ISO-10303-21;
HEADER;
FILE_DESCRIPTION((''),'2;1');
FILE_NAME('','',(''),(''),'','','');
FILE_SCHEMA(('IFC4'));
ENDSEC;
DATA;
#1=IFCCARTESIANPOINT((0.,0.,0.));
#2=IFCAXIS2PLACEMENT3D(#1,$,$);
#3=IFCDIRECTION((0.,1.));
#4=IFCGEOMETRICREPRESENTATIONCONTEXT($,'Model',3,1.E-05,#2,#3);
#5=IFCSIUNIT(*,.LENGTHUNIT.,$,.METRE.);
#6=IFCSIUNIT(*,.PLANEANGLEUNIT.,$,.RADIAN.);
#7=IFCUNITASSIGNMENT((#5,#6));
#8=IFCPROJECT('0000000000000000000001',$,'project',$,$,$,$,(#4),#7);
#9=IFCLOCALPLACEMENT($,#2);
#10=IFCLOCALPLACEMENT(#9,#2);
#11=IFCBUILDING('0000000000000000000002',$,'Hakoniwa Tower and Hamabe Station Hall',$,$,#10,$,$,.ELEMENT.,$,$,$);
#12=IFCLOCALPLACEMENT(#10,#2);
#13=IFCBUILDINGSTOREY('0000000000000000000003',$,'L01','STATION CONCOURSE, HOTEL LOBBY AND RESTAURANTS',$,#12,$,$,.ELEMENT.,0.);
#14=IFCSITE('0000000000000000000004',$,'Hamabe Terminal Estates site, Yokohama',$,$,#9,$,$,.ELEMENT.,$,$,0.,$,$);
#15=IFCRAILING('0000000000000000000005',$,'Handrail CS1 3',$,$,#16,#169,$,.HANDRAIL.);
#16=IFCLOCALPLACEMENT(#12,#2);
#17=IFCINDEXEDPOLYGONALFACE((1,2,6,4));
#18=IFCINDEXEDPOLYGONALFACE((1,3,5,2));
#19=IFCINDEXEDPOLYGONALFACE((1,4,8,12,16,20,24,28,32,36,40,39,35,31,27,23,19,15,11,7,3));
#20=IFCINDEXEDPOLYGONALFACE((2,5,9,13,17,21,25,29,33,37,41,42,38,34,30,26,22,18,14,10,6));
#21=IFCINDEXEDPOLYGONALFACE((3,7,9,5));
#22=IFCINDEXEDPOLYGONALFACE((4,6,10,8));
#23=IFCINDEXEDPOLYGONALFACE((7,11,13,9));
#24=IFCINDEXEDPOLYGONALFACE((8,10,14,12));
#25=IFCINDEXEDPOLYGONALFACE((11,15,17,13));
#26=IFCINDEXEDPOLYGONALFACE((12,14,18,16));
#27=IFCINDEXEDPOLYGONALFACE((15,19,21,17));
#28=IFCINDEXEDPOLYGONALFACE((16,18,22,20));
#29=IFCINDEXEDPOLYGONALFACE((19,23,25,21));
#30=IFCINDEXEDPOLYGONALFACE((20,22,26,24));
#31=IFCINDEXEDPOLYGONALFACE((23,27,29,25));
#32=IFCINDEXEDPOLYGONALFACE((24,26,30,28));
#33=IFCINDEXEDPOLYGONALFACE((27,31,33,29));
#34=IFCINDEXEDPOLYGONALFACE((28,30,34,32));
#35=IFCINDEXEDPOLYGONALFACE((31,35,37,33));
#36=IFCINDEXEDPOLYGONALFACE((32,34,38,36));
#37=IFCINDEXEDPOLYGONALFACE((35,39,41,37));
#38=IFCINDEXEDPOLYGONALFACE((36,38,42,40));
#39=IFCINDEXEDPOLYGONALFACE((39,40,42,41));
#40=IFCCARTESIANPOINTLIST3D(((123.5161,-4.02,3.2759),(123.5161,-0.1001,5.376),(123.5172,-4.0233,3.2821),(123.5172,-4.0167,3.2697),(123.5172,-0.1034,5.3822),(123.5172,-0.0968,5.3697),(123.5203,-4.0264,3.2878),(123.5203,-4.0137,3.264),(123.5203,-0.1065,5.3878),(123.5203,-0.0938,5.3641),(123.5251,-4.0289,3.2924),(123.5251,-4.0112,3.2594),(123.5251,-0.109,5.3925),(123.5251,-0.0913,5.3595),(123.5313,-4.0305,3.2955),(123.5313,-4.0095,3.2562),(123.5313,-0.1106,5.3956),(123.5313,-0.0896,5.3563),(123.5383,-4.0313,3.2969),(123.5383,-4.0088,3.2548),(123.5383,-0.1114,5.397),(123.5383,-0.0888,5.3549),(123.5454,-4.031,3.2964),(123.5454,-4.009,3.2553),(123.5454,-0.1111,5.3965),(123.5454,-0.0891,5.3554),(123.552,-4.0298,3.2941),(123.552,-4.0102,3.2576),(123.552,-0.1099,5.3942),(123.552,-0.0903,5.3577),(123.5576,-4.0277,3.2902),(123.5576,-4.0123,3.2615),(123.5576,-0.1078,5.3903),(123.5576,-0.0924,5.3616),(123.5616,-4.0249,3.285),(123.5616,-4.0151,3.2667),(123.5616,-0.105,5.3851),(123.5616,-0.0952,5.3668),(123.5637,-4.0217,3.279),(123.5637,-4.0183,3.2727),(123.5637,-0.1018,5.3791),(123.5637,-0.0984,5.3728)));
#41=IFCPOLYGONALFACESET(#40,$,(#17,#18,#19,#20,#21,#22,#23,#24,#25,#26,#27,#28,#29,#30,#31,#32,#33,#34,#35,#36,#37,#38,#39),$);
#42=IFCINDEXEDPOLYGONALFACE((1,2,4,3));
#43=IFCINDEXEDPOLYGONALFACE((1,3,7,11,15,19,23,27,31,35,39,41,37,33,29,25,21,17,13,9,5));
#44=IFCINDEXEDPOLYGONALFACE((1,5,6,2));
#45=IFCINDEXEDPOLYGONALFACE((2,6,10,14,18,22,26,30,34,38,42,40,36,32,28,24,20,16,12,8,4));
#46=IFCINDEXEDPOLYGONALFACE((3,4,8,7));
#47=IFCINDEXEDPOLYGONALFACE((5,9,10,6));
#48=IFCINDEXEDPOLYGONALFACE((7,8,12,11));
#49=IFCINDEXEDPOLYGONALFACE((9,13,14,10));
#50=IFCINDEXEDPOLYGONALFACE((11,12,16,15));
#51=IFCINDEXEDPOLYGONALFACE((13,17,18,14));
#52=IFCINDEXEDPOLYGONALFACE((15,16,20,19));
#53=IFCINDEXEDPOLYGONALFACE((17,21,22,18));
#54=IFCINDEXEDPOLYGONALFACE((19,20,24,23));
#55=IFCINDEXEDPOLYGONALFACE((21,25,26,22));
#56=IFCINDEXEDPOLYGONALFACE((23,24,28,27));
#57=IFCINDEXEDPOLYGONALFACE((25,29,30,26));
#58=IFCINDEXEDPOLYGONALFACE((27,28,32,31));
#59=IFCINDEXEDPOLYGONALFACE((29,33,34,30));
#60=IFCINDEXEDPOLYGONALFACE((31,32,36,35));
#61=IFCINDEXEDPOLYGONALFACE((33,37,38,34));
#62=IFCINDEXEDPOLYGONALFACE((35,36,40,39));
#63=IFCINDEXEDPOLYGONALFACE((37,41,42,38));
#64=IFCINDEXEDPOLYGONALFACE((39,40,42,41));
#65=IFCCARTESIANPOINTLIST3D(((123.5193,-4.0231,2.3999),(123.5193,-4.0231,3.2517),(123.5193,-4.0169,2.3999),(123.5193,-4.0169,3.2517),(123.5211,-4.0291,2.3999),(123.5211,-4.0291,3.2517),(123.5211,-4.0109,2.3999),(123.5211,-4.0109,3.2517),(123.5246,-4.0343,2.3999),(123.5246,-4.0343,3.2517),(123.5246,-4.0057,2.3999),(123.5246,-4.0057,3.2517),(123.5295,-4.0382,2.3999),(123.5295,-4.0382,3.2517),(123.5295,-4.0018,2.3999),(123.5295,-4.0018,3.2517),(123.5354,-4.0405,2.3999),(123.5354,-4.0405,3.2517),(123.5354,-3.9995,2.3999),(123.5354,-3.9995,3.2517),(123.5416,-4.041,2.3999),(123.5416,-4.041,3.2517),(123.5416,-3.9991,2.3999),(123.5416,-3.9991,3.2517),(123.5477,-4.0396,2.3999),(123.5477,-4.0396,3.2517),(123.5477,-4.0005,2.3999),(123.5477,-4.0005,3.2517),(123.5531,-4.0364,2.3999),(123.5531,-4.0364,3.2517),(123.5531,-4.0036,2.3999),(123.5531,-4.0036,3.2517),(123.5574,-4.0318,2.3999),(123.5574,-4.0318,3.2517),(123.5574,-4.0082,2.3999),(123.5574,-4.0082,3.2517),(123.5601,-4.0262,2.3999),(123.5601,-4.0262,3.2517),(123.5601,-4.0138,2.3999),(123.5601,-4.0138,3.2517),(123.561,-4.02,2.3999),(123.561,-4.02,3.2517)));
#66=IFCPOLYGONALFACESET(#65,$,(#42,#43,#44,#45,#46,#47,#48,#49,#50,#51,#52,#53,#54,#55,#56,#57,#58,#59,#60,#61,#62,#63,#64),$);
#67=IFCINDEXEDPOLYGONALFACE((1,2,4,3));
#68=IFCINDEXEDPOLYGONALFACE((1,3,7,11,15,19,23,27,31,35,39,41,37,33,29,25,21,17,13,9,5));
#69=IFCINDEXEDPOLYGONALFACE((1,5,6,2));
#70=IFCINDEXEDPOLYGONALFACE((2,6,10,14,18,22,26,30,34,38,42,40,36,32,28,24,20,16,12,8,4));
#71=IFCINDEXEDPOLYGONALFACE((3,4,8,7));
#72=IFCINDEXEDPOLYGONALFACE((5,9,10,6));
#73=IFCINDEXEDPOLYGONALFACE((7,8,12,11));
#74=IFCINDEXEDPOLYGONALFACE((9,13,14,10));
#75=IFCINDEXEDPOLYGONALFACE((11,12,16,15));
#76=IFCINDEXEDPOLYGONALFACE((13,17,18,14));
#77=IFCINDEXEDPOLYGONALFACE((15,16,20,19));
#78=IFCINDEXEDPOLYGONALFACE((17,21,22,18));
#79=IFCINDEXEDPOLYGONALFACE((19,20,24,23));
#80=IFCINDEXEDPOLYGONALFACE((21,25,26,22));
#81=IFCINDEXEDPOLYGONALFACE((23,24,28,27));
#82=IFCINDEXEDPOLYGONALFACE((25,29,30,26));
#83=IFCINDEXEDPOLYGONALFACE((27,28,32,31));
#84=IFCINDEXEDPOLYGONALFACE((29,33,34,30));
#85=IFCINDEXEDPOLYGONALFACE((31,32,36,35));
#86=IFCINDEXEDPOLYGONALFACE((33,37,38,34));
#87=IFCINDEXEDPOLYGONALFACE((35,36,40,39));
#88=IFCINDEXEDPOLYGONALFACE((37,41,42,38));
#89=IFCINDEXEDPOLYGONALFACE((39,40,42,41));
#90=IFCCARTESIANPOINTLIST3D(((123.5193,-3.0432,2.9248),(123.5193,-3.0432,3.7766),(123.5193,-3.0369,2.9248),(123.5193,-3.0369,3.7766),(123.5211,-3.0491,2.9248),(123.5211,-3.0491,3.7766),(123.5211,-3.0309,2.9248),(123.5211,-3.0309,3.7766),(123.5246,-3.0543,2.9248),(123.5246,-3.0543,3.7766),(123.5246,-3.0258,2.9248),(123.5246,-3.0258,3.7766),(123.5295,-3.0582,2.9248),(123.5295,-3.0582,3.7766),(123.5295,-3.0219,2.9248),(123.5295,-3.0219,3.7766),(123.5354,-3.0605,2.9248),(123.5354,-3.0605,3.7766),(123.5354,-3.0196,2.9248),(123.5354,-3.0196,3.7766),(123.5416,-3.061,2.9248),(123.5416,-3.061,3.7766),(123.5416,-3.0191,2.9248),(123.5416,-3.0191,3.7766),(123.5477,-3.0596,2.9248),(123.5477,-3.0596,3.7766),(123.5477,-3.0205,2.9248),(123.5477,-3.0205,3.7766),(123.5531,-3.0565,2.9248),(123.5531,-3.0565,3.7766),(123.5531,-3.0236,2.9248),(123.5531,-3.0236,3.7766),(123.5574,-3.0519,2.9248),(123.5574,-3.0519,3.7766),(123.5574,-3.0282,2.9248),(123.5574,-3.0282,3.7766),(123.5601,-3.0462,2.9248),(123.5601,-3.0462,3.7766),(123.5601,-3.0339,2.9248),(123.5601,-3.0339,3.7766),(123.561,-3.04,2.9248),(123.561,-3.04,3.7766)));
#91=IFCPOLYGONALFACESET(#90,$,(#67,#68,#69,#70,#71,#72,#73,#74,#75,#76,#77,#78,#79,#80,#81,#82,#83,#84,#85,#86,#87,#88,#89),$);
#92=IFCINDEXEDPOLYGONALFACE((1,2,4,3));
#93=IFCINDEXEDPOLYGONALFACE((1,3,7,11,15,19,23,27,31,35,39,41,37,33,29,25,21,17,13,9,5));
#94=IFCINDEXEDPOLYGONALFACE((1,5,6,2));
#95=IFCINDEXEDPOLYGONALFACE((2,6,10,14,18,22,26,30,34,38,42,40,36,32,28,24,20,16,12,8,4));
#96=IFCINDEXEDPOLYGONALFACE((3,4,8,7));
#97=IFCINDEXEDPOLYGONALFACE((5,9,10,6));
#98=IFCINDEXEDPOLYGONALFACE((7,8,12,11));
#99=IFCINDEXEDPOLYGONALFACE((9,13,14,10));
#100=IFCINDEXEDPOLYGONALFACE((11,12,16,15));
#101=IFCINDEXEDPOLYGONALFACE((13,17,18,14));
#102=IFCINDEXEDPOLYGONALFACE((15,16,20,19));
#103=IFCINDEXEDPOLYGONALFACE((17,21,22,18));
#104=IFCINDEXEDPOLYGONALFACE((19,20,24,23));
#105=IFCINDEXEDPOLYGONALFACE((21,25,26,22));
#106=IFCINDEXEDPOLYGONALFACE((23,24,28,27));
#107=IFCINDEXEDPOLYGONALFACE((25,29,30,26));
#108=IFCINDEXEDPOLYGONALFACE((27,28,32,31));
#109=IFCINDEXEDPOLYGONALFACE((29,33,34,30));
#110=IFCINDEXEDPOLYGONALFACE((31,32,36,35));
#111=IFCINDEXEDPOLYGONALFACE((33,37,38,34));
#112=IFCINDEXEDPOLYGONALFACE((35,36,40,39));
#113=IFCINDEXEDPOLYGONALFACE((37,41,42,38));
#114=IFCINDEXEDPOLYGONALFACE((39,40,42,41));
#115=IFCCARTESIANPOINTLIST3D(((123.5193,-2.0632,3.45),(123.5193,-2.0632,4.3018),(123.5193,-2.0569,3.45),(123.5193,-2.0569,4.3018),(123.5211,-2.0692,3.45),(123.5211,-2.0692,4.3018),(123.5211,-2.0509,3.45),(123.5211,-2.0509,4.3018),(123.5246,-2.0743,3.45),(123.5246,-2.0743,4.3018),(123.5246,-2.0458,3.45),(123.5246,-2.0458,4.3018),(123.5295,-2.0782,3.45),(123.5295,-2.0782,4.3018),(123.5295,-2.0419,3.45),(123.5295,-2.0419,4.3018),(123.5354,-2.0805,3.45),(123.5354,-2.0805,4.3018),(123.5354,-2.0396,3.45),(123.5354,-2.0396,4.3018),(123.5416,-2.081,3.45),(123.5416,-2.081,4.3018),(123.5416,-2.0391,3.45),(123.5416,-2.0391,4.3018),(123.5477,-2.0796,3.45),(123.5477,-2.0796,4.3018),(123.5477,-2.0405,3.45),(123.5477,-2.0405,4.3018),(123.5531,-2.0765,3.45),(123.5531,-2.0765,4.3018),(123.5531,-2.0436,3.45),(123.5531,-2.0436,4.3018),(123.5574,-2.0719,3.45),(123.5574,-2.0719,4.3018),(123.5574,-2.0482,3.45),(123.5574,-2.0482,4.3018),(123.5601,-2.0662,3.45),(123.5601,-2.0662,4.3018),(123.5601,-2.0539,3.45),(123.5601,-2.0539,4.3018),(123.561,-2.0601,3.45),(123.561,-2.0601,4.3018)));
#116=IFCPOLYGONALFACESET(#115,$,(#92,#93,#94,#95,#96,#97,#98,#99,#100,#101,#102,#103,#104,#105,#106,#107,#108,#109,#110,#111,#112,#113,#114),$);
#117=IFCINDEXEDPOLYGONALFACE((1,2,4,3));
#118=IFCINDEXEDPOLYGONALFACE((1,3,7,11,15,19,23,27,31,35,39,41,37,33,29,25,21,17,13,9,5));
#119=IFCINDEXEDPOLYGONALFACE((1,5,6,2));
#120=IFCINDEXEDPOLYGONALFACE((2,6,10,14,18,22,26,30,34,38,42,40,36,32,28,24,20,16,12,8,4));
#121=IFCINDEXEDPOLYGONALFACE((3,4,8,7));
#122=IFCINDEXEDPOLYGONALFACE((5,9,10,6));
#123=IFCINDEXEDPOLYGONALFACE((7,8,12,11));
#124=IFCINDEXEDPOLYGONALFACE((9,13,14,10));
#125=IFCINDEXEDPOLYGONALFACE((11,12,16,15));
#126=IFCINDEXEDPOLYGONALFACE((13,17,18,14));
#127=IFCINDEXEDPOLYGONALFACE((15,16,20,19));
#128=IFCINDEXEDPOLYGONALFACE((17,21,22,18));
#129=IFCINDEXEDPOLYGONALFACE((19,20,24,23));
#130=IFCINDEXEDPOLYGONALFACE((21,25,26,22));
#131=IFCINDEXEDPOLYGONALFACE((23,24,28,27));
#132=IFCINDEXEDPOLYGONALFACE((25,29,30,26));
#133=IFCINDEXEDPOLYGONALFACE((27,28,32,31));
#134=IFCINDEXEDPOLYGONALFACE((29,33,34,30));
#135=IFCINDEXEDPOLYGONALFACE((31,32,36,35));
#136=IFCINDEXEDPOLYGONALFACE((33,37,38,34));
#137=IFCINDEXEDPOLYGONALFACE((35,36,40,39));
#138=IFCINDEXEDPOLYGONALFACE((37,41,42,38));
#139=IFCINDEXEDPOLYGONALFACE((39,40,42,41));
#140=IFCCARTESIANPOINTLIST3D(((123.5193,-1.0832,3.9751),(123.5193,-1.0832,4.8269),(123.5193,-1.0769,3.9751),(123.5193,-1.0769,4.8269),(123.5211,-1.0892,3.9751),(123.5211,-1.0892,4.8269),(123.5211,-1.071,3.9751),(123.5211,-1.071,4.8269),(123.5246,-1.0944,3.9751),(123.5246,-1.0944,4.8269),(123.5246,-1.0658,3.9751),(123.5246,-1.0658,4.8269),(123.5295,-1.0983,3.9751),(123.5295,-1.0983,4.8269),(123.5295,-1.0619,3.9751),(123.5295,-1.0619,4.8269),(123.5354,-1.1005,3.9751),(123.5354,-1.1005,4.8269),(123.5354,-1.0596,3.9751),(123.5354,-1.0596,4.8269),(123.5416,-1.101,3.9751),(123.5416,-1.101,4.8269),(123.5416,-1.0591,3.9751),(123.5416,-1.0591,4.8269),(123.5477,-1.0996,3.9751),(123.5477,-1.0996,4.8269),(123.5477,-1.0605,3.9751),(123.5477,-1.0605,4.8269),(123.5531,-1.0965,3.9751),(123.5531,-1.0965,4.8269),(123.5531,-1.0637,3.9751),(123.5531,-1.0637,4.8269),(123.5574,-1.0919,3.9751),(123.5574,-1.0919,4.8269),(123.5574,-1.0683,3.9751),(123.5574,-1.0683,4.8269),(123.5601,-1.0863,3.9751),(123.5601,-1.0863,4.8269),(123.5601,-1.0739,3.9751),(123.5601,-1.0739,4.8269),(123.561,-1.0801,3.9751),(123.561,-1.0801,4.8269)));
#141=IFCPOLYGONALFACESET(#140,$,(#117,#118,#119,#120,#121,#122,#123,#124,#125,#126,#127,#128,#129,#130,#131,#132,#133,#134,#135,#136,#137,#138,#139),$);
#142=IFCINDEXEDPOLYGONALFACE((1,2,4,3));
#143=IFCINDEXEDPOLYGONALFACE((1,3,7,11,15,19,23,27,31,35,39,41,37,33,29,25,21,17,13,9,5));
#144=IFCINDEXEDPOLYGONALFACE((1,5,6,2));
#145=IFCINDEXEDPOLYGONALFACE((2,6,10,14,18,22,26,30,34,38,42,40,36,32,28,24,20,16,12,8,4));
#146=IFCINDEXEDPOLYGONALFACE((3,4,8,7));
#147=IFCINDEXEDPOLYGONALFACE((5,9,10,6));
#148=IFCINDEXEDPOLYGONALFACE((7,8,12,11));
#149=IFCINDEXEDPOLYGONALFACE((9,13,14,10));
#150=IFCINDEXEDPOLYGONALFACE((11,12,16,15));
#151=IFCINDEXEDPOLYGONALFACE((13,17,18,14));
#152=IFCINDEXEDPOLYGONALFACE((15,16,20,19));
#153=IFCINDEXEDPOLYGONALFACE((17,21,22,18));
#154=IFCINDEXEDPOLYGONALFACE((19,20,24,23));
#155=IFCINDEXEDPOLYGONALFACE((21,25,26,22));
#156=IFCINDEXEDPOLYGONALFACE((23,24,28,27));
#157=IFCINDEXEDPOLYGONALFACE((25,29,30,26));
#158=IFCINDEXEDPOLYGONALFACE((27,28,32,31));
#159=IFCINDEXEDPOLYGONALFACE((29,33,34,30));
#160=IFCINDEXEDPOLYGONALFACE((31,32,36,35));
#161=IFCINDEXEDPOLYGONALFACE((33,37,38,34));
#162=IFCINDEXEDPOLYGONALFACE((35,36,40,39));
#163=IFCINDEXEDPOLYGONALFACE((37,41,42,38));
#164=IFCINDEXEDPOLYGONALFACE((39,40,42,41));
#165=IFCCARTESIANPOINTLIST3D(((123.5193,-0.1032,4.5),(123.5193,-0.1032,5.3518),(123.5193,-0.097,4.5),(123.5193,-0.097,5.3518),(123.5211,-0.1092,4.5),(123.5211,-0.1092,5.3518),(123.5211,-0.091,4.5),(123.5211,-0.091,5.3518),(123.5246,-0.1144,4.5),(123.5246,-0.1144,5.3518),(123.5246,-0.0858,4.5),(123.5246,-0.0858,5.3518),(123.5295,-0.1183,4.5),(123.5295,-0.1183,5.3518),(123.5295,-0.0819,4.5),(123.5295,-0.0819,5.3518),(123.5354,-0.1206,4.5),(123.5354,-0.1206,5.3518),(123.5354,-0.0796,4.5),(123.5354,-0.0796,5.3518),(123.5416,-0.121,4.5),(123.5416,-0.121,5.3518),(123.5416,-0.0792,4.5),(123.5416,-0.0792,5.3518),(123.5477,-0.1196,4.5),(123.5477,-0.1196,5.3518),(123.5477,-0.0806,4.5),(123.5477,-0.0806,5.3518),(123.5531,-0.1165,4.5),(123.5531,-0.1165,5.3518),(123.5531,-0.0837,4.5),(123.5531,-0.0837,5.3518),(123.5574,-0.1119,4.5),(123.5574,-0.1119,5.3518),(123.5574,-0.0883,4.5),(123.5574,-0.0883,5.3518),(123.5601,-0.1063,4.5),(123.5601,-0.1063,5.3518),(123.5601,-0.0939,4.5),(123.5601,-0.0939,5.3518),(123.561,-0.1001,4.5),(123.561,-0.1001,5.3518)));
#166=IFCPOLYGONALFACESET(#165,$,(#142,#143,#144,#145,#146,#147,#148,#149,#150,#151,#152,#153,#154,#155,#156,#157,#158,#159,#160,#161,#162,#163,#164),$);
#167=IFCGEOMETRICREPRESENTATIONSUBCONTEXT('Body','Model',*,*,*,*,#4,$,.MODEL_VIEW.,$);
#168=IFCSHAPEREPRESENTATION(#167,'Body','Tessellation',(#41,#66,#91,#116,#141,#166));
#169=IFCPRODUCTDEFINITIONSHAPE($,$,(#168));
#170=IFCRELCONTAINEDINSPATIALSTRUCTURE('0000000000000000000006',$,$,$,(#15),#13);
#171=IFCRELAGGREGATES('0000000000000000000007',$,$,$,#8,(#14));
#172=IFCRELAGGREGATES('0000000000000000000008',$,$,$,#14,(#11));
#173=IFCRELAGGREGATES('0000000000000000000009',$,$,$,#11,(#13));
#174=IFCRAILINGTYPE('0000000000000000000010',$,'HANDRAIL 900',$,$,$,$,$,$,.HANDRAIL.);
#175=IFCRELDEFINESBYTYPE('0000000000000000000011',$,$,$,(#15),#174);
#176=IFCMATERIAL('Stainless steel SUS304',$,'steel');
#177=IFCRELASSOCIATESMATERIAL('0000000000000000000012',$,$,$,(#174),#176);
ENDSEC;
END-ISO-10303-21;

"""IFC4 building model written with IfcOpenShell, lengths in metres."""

from ifc_helpers import new_model, si_unit, direction, frame, origin, origin_2d, place, context, subcontext, project, spatial, circle, extrude, material, type_object, element, save


model = new_model("IFC4")

# Units and contexts
model_context = context("Model", 3, precision=1e-05, world=origin(), true_north=direction((0.0, 1.0)))
body_context = subcontext(model_context, "Body", "Model", "MODEL_VIEW")
ifc_project = project(units=[si_unit("LENGTHUNIT", "METRE"), si_unit("PLANEANGLEUNIT", "RADIAN")], contexts=[model_context])

# Site, building, storey
site_placement = place(None, origin())
site = spatial("IfcSite", under=ifc_project, at=site_placement, Name="Hamabe Terminal Estates site, Yokohama", CompositionType="ELEMENT", RefElevation=0.0)
building_placement = place(site_placement, origin())
building = spatial("IfcBuilding", under=site, at=building_placement, Name="Hakoniwa Tower and Hamabe Station Hall", CompositionType="ELEMENT")
storey_placement = place(building_placement, origin())
storey = spatial("IfcBuildingStorey", under=building, at=storey_placement, Name="L01", Description="STATION CONCOURSE, HOTEL LOBBY AND RESTAURANTS", CompositionType="ELEMENT", Elevation=0.0)

# Railing
ifc_material_1 = material(Name="Stainless steel SUS304", Category="steel")
railing_type_1 = type_object("IfcRailingType", Name="HANDRAIL 900", PredefinedType="HANDRAIL", material=ifc_material_1)
railing_1_placement = place(storey_placement, frame((123.54, -4.02, 2.3999)))
element("IfcRailing", 1, at=railing_1_placement, inside=storey, type_object=railing_type_1, Name="Handrail CS1 3", PredefinedType="HANDRAIL", context=body_context, shape_type="SweptSolid", body=[
    extrude(circle(Radius=0.0239, at=origin_2d()), frame((0.0, 0.0, 0.876), z_axis=(0.0, 0.881467, 0.472246), x_axis=(-1.0, 0.0, 0.0)), (0.0, 0.0, 1.0), 4.447),
    extrude(circle(Radius=0.021, at=origin_2d()), origin(), (0.0, 0.0, 1.0), 0.8518),
    extrude(circle(Radius=0.021, at=origin_2d()), frame((0.0, 0.98, 0.5249)), (0.0, 0.0, 1.0), 0.8518),
    extrude(circle(Radius=0.021, at=origin_2d()), frame((0.0, 1.96, 1.05)), (0.0, 0.0, 1.0), 0.8518),
    extrude(circle(Radius=0.021, at=origin_2d()), frame((0.0, 2.9399, 1.5752)), (0.0, 0.0, 1.0), 0.8518),
    extrude(circle(Radius=0.021, at=origin_2d()), frame((0.0, 3.9199, 2.1001)), (0.0, 0.0, 1.0), 0.8518),
])

save(model, "model.ifc")
